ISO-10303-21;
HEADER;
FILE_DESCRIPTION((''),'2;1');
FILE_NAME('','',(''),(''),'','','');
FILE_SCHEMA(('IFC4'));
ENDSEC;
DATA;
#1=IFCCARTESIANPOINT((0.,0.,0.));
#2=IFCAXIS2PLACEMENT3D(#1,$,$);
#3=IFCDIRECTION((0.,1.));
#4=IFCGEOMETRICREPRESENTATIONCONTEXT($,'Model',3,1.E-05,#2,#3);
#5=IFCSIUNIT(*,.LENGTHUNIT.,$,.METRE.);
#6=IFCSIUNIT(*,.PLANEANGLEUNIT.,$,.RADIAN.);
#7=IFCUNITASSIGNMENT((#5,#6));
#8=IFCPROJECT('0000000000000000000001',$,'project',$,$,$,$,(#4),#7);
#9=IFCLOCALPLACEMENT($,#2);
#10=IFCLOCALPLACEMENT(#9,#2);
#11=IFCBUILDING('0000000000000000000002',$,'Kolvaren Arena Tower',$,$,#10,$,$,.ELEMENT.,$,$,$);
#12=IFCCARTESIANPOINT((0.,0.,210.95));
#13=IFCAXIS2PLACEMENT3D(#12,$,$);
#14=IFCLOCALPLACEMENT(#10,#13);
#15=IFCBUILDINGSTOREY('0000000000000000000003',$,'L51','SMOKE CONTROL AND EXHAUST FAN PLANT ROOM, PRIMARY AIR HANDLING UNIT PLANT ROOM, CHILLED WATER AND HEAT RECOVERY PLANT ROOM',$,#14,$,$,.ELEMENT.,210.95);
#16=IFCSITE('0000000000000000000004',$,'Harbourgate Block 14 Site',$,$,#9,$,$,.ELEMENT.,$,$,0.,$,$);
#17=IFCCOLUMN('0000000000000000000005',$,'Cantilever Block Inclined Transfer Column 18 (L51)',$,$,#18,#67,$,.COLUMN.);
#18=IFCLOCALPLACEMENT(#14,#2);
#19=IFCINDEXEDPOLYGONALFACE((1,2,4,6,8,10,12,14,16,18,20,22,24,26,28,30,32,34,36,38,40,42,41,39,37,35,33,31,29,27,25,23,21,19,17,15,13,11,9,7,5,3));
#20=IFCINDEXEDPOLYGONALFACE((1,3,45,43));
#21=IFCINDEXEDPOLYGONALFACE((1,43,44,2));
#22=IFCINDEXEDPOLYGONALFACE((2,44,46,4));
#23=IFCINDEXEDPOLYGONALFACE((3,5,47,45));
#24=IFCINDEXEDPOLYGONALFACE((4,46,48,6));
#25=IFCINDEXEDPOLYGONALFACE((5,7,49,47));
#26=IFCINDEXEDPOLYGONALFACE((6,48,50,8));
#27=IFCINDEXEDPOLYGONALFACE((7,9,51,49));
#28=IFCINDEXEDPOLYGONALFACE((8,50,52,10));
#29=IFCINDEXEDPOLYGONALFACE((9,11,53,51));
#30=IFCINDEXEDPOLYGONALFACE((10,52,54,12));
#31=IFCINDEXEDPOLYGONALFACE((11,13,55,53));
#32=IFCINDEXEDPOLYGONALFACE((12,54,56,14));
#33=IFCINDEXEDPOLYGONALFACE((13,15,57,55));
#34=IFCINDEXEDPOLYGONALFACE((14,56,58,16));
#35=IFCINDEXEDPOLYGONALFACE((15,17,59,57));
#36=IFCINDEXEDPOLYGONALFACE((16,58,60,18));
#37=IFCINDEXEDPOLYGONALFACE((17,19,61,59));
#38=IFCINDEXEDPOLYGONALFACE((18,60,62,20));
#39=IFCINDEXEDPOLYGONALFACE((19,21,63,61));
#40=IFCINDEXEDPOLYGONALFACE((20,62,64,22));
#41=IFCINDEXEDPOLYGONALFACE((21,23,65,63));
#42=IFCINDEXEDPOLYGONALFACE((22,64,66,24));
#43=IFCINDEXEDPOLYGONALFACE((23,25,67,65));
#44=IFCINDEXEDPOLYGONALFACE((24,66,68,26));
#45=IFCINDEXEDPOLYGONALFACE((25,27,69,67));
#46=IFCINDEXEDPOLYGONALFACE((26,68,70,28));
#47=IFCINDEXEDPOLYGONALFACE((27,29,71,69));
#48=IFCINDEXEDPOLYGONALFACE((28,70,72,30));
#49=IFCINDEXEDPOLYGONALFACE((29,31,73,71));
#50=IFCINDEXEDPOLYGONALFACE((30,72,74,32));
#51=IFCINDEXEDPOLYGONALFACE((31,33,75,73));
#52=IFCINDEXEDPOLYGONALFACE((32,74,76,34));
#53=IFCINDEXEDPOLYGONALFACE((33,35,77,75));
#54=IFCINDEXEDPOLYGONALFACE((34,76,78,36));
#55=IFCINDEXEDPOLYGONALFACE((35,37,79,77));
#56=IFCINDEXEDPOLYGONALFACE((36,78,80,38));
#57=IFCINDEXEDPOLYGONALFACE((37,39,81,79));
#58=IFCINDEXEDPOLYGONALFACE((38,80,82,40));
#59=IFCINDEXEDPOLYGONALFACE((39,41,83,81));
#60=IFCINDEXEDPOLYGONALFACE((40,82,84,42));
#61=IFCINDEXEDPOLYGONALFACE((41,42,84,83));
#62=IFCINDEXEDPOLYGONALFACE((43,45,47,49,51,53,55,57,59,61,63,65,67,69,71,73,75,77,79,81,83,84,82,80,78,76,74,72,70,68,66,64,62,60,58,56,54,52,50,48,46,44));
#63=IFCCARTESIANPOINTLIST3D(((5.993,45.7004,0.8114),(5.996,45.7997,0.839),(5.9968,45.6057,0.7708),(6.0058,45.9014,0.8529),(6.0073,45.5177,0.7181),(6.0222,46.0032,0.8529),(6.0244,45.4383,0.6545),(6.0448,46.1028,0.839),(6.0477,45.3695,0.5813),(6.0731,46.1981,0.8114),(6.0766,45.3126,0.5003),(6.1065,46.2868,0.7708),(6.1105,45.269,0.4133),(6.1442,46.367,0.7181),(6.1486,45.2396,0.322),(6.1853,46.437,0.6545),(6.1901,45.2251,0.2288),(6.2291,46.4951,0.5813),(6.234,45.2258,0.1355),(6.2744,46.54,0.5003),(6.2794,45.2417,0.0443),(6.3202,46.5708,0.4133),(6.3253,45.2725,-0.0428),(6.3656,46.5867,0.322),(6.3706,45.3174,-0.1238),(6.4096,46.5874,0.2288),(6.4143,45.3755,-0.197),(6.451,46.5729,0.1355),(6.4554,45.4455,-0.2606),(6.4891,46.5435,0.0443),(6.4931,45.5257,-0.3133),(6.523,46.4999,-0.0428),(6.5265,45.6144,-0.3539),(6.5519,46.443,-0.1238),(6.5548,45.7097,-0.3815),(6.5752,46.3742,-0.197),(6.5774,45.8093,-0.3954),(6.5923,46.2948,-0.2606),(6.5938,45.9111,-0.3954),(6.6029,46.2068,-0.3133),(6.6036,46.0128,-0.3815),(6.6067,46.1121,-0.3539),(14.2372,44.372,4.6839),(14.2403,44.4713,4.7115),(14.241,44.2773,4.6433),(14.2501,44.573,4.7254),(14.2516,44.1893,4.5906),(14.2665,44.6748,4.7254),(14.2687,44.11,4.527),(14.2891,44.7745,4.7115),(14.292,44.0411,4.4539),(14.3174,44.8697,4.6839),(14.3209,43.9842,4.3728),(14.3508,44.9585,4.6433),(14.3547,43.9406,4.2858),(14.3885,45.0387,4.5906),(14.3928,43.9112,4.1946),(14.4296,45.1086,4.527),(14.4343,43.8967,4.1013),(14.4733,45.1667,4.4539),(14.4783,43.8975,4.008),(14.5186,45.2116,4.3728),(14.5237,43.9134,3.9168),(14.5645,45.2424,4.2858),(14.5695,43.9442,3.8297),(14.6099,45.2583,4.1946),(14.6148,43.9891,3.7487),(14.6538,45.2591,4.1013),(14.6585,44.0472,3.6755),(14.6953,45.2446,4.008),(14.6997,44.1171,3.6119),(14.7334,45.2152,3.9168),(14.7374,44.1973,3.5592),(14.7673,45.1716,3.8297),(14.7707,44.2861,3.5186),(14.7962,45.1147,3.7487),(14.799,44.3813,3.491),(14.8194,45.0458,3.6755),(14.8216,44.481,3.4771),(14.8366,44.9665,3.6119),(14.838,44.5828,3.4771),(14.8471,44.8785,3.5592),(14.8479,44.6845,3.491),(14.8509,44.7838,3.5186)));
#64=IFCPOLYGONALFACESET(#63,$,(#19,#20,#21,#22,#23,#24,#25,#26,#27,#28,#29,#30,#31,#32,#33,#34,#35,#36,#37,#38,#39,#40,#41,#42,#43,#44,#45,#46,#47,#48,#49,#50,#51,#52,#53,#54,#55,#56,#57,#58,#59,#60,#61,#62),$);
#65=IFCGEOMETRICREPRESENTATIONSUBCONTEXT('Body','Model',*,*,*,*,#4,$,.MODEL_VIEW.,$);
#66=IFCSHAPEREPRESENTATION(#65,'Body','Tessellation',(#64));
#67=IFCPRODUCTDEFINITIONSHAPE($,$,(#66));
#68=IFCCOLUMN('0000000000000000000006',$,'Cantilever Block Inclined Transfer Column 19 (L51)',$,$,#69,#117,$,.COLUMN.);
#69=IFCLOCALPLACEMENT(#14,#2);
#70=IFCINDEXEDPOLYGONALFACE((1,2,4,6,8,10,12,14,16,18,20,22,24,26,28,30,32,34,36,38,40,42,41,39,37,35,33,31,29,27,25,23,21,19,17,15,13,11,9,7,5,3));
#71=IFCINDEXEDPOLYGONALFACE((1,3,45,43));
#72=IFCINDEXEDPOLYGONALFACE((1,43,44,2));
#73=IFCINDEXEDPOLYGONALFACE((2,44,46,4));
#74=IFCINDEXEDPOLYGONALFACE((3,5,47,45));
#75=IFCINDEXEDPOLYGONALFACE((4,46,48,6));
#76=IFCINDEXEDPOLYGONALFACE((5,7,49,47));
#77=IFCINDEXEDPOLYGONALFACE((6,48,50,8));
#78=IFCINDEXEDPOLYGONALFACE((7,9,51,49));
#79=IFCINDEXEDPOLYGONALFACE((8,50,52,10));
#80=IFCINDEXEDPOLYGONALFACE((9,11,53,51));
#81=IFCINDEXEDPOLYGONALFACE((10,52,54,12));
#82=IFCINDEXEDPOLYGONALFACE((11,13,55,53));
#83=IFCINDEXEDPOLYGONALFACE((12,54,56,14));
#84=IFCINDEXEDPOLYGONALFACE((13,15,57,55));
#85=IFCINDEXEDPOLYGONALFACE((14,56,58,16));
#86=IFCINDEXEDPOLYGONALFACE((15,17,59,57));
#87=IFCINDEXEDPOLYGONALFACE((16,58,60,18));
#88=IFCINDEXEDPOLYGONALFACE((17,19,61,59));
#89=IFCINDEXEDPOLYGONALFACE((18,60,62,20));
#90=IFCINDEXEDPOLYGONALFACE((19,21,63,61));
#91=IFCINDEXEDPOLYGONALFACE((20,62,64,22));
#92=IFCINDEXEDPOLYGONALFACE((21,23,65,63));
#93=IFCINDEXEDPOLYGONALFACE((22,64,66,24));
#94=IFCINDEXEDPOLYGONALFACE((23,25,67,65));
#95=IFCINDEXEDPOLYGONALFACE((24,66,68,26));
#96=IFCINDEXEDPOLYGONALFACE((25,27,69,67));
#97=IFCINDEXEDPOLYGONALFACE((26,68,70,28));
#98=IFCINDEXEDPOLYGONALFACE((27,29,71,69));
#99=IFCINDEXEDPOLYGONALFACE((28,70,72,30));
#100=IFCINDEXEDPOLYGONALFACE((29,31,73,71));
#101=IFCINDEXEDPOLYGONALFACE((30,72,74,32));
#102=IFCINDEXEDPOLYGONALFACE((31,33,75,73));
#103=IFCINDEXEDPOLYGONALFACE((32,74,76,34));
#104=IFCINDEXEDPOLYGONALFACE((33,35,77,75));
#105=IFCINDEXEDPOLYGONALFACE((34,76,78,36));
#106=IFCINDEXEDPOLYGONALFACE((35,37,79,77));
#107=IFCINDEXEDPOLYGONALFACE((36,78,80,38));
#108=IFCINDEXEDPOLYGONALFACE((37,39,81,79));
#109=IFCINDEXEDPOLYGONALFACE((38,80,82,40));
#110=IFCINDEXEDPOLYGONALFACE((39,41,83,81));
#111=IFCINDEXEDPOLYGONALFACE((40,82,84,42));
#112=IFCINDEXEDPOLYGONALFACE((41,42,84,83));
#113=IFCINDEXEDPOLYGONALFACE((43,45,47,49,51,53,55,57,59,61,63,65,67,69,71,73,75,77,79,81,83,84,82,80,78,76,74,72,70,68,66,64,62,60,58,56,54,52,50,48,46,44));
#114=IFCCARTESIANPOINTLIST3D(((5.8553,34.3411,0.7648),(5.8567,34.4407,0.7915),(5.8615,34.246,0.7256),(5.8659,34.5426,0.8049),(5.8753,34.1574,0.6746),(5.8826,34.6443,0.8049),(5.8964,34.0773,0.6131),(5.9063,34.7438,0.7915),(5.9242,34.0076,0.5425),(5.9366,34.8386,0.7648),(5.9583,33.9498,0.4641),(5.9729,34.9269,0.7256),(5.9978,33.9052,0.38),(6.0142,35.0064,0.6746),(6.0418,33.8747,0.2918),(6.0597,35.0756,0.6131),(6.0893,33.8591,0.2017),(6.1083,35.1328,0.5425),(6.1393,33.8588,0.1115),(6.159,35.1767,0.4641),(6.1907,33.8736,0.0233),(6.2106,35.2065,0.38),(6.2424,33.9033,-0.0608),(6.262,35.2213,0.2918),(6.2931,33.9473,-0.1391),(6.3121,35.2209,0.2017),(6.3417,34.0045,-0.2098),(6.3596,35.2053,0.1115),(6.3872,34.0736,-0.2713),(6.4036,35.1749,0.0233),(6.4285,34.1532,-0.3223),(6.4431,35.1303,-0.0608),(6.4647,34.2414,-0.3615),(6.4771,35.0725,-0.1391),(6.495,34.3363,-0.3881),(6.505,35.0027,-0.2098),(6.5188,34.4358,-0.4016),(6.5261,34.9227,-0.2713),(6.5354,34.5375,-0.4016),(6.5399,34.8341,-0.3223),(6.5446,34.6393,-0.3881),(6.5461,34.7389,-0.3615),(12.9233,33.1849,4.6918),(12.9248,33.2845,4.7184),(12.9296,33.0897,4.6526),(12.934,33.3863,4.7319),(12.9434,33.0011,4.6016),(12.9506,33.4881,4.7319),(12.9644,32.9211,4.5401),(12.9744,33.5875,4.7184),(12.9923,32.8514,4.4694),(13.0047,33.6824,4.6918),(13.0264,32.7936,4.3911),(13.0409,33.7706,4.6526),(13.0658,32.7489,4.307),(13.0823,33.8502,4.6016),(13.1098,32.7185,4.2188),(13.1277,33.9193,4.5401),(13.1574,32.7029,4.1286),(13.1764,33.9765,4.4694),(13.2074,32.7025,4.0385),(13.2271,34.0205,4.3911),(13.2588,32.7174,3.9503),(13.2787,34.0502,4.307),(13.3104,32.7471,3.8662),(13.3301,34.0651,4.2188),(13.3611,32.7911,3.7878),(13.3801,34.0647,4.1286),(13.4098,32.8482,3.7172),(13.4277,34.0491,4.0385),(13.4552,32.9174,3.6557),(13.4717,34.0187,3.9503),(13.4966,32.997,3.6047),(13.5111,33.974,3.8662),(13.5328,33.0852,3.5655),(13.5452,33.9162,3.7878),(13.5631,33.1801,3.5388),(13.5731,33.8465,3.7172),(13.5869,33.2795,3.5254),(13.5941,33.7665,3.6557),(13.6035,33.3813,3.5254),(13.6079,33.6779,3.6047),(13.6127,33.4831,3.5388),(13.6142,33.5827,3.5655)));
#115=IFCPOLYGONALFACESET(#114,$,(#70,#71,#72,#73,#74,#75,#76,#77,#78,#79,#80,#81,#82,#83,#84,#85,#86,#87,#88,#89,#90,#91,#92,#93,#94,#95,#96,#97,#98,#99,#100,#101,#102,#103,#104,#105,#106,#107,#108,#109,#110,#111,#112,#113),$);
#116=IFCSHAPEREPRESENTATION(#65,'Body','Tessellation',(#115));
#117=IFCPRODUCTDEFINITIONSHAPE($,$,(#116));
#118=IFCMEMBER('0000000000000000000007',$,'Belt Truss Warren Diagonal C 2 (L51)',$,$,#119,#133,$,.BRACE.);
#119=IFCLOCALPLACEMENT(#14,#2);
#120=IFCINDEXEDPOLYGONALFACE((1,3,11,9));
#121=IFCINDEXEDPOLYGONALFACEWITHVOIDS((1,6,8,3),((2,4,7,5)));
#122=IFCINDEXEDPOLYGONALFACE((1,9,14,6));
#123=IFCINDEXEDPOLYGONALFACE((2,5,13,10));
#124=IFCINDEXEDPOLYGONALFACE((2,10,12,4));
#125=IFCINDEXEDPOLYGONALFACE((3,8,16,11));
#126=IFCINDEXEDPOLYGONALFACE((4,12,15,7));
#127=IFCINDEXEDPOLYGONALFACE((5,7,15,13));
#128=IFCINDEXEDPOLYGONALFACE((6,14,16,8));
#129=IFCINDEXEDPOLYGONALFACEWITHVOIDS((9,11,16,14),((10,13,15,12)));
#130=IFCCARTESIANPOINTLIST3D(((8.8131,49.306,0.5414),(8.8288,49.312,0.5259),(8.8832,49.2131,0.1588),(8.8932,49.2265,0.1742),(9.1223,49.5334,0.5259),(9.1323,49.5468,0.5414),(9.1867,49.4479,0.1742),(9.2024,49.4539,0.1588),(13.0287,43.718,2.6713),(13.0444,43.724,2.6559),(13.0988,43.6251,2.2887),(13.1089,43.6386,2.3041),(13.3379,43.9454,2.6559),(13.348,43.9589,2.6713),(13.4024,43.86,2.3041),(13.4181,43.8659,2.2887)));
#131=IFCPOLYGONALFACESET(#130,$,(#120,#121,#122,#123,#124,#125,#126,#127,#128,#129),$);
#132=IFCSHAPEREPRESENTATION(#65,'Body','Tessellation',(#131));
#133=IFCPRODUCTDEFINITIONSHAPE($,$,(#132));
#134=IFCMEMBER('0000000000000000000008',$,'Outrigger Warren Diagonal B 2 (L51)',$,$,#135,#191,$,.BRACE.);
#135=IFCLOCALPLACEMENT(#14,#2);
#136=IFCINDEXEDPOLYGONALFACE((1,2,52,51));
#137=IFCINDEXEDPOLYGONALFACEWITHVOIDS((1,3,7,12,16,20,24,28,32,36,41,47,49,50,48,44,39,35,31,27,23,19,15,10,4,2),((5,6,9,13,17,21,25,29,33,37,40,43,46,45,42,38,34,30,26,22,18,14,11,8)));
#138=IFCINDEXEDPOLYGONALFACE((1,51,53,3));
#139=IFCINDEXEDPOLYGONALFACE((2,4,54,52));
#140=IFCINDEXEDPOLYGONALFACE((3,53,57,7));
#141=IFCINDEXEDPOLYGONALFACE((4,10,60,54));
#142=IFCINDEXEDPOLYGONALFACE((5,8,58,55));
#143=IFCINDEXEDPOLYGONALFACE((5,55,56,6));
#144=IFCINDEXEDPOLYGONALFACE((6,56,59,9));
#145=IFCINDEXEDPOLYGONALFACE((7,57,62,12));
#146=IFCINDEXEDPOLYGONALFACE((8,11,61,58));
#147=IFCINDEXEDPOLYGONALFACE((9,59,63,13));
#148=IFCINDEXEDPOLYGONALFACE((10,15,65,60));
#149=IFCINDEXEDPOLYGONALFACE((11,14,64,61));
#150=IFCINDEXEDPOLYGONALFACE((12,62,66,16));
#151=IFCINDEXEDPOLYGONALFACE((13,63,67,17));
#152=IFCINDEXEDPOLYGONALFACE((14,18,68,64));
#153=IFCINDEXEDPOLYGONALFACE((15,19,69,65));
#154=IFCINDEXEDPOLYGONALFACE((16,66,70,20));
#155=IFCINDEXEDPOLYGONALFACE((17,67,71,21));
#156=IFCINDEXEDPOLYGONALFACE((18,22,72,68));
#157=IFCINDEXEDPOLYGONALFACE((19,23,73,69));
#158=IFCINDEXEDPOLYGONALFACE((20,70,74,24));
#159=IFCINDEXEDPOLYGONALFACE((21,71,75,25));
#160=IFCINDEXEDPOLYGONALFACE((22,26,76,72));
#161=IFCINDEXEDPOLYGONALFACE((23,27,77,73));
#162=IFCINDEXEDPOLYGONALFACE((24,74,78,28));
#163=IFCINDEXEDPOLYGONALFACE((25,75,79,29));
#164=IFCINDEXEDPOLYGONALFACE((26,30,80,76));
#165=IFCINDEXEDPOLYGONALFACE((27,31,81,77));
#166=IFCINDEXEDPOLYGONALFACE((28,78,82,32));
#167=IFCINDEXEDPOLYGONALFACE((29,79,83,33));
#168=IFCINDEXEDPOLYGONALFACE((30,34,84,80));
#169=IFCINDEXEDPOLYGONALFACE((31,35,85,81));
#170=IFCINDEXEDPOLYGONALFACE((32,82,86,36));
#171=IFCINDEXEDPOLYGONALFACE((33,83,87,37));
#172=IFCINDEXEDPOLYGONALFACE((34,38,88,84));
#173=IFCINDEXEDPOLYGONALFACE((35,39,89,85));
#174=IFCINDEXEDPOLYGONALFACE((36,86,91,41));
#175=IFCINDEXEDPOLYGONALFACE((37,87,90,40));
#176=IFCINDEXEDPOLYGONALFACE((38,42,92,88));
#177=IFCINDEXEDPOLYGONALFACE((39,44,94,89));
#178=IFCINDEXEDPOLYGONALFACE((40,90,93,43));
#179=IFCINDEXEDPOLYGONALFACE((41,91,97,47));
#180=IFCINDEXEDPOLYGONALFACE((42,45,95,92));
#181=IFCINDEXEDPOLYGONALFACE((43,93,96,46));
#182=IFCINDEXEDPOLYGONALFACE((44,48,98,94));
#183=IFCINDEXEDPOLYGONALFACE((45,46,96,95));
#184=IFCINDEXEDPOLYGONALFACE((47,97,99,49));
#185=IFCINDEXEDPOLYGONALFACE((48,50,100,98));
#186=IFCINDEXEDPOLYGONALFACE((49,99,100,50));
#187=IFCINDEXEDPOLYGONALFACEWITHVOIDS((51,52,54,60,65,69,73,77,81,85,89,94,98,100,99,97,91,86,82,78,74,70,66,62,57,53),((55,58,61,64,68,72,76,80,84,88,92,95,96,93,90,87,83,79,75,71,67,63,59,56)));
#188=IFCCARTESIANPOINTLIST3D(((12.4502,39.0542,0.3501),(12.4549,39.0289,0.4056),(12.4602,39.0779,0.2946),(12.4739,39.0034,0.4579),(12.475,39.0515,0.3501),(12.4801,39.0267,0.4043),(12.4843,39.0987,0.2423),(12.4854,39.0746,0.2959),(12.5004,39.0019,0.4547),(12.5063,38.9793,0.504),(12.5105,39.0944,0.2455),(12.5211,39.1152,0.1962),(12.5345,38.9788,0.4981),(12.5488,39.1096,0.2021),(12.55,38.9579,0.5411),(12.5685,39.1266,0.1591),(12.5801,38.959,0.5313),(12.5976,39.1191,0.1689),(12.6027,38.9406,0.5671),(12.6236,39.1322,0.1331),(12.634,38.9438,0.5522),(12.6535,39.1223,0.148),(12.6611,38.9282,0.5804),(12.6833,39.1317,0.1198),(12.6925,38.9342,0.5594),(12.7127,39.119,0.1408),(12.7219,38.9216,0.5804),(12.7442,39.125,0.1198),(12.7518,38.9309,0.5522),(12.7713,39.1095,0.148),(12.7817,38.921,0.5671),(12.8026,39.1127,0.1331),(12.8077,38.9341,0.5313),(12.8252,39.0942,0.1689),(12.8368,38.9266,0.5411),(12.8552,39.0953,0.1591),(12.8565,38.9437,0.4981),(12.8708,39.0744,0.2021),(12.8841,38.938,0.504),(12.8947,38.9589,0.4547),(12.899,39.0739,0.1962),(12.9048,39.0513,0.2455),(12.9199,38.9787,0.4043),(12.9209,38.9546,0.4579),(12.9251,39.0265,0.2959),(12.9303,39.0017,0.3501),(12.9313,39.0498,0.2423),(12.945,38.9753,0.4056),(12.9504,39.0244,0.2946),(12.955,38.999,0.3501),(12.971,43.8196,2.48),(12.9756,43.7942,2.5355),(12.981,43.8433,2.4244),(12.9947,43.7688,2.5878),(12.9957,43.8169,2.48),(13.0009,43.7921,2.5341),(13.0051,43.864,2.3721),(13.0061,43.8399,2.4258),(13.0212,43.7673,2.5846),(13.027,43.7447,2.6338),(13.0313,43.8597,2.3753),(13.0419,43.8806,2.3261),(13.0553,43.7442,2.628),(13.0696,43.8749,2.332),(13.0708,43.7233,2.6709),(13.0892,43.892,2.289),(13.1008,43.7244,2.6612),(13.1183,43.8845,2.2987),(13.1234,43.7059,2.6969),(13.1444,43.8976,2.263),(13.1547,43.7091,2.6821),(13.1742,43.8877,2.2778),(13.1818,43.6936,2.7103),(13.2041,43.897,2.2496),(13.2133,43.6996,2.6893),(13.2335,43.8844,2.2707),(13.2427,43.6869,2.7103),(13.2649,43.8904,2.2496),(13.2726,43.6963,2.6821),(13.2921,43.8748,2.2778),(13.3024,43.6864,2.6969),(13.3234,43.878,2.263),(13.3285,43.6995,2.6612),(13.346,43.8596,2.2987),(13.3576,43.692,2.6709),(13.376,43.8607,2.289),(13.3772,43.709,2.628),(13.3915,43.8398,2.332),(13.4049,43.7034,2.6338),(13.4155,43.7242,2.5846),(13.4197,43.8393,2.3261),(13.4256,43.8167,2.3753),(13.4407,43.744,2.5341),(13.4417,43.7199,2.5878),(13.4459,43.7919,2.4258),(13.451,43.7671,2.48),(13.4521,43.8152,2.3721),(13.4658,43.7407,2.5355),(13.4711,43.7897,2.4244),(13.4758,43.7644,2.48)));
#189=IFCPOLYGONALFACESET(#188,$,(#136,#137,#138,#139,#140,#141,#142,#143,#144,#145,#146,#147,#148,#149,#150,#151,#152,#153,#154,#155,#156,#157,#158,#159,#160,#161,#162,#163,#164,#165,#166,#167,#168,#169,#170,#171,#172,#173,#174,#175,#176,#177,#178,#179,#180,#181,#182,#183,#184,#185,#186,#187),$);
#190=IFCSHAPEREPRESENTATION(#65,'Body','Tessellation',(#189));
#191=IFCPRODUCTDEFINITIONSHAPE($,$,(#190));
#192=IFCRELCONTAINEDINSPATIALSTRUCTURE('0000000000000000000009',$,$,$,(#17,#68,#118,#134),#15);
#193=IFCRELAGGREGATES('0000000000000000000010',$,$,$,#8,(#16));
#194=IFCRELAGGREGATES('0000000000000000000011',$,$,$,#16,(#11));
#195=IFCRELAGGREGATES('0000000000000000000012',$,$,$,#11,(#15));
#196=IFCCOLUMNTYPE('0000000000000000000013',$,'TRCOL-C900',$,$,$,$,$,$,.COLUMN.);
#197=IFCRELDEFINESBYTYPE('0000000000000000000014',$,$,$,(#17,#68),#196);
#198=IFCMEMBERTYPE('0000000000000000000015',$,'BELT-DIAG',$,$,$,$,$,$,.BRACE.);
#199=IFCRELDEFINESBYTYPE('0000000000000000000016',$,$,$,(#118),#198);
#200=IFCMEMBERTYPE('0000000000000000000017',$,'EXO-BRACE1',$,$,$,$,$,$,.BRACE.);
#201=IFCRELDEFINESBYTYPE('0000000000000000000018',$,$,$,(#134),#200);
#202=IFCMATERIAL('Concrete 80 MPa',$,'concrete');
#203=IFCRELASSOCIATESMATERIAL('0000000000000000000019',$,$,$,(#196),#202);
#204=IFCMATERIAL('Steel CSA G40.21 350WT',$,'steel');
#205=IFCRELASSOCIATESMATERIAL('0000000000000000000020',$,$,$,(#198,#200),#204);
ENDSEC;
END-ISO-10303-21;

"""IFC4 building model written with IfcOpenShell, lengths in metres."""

from ifc_helpers import new_model, si_unit, direction, frame, origin, origin_2d, place, context, subcontext, project, spatial, hollow_rectangle, circle, hollow_circle, extrude, material, material_profile, profile_set, type_object, element, save


model = new_model("IFC4")

# Units and contexts
model_context = context("Model", 3, precision=1e-05, world=origin(), true_north=direction((0.0, 1.0)))
body_context = subcontext(model_context, "Body", "Model", "MODEL_VIEW")
ifc_project = project(units=[si_unit("LENGTHUNIT", "METRE"), si_unit("PLANEANGLEUNIT", "RADIAN")], contexts=[model_context])

# Site, building, storey
site_placement = place(None, origin())
site = spatial("IfcSite", under=ifc_project, at=site_placement, Name="Harbourgate Block 14 Site", CompositionType="ELEMENT", RefElevation=0.0)
building_placement = place(site_placement, origin())
building = spatial("IfcBuilding", under=site, at=building_placement, Name="Kolvaren Arena Tower", CompositionType="ELEMENT")
storey_placement = place(building_placement, frame((0.0, 0.0, 210.95)))
storey = spatial("IfcBuildingStorey", under=building, at=storey_placement, Name="L51", Description="SMOKE CONTROL AND EXHAUST FAN PLANT ROOM, PRIMARY AIR HANDLING UNIT PLANT ROOM, CHILLED WATER AND HEAT RECOVERY PLANT ROOM", CompositionType="ELEMENT", Elevation=210.95)

# Columns
ifc_material_1 = material(Name="Concrete 80 MPa", Category="concrete")
ifc_material_profile_1 = material_profile(ifc_material_1, circle(Radius=0.6899, at=origin_2d()), Name="RC-CIRC-1380")
ifc_profile_set_1 = profile_set([ifc_material_profile_1], Name="Concrete 80 MPa")
column_type_1 = type_object("IfcColumnType", Name="TRCOL-C900", PredefinedType="COLUMN", material=ifc_profile_set_1)
column_1_placement = place(storey_placement, frame((6.2998, 45.9062, 0.2288), z_axis=(0.895647, -0.14431, 0.420704), x_axis=(0.159072, 0.987267, 0.0)))
element("IfcColumn", 1, at=column_1_placement, inside=storey, type_object=column_type_1, Name="Cantilever Block Inclined Transfer Column 18 (L51)", PredefinedType="COLUMN", context=body_context, shape_type="SweptSolid", body=[
    extrude(circle(Radius=0.6899, at=origin_2d()), origin(), (0.0, 0.0, 1.0), 9.2048),
])
column_2_placement = place(storey_placement, frame((6.2007, 34.54, 0.2017), z_axis=(0.86534, -0.141558, 0.480778), x_axis=(0.161441, 0.986882, 0.0)))
element("IfcColumn", 2, at=column_2_placement, inside=storey, type_object=column_type_1, Name="Cantilever Block Inclined Transfer Column 19 (L51)", PredefinedType="COLUMN", context=body_context, shape_type="SweptSolid", body=[
    extrude(circle(Radius=0.6899, at=origin_2d()), origin(), (0.0, 0.0, 1.0), 8.168),
])

# Members
ifc_material_2 = material(Name="Steel CSA G40.21 350WT", Category="steel")
ifc_material_profile_2 = material_profile(ifc_material_2, hollow_rectangle(XDim=0.3999, YDim=0.3999, WallThickness=0.0161, at=origin_2d()), Name="HSS 400x400x16")
ifc_profile_set_2 = profile_set([ifc_material_profile_2], Name="Steel CSA G40.21 350WT")
member_type_1 = type_object("IfcMemberType", Name="BELT-DIAG", PredefinedType="BRACE", material=ifc_profile_set_2)
member_1_placement = place(storey_placement, frame((13.2234, 43.792, 2.48), z_axis=(-0.576169, 0.763732, -0.291105), x_axis=(-0.798306, -0.602252, 0.0)))
element("IfcMember", 3, at=member_1_placement, inside=storey, type_object=member_type_1, Name="Belt Truss Warren Diagonal C 2 (L51)", PredefinedType="BRACE", context=body_context, shape_type="SweptSolid", body=[
    extrude(hollow_rectangle(XDim=0.3999, YDim=0.3999, WallThickness=0.0161, at=origin_2d()), origin(), (0.0, 0.0, 1.0), 7.3167),
])
ifc_material_profile_3 = material_profile(ifc_material_2, hollow_circle(Radius=0.2539, WallThickness=0.0249, at=origin_2d()), Name="CHS 508x25")
ifc_profile_set_3 = profile_set([ifc_material_profile_3], Name="Steel CSA G40.21 350WT")
member_type_2 = type_object("IfcMemberType", Name="EXO-BRACE1", PredefinedType="BRACE", material=ifc_profile_set_3)
member_2_placement = place(storey_placement, frame((12.7026, 39.0266, 0.3501), z_axis=(0.099274, 0.908451, 0.406031), x_axis=(-0.994082, 0.108631, 0.0)))
element("IfcMember", 4, at=member_2_placement, inside=storey, type_object=member_type_2, Name="Outrigger Warren Diagonal B 2 (L51)", PredefinedType="BRACE", context=body_context, shape_type="SweptSolid", body=[
    extrude(hollow_circle(Radius=0.2539, WallThickness=0.0249, at=origin_2d()), origin(), (0.0, 0.0, 1.0), 5.2456),
])

save(model, "model.ifc")
